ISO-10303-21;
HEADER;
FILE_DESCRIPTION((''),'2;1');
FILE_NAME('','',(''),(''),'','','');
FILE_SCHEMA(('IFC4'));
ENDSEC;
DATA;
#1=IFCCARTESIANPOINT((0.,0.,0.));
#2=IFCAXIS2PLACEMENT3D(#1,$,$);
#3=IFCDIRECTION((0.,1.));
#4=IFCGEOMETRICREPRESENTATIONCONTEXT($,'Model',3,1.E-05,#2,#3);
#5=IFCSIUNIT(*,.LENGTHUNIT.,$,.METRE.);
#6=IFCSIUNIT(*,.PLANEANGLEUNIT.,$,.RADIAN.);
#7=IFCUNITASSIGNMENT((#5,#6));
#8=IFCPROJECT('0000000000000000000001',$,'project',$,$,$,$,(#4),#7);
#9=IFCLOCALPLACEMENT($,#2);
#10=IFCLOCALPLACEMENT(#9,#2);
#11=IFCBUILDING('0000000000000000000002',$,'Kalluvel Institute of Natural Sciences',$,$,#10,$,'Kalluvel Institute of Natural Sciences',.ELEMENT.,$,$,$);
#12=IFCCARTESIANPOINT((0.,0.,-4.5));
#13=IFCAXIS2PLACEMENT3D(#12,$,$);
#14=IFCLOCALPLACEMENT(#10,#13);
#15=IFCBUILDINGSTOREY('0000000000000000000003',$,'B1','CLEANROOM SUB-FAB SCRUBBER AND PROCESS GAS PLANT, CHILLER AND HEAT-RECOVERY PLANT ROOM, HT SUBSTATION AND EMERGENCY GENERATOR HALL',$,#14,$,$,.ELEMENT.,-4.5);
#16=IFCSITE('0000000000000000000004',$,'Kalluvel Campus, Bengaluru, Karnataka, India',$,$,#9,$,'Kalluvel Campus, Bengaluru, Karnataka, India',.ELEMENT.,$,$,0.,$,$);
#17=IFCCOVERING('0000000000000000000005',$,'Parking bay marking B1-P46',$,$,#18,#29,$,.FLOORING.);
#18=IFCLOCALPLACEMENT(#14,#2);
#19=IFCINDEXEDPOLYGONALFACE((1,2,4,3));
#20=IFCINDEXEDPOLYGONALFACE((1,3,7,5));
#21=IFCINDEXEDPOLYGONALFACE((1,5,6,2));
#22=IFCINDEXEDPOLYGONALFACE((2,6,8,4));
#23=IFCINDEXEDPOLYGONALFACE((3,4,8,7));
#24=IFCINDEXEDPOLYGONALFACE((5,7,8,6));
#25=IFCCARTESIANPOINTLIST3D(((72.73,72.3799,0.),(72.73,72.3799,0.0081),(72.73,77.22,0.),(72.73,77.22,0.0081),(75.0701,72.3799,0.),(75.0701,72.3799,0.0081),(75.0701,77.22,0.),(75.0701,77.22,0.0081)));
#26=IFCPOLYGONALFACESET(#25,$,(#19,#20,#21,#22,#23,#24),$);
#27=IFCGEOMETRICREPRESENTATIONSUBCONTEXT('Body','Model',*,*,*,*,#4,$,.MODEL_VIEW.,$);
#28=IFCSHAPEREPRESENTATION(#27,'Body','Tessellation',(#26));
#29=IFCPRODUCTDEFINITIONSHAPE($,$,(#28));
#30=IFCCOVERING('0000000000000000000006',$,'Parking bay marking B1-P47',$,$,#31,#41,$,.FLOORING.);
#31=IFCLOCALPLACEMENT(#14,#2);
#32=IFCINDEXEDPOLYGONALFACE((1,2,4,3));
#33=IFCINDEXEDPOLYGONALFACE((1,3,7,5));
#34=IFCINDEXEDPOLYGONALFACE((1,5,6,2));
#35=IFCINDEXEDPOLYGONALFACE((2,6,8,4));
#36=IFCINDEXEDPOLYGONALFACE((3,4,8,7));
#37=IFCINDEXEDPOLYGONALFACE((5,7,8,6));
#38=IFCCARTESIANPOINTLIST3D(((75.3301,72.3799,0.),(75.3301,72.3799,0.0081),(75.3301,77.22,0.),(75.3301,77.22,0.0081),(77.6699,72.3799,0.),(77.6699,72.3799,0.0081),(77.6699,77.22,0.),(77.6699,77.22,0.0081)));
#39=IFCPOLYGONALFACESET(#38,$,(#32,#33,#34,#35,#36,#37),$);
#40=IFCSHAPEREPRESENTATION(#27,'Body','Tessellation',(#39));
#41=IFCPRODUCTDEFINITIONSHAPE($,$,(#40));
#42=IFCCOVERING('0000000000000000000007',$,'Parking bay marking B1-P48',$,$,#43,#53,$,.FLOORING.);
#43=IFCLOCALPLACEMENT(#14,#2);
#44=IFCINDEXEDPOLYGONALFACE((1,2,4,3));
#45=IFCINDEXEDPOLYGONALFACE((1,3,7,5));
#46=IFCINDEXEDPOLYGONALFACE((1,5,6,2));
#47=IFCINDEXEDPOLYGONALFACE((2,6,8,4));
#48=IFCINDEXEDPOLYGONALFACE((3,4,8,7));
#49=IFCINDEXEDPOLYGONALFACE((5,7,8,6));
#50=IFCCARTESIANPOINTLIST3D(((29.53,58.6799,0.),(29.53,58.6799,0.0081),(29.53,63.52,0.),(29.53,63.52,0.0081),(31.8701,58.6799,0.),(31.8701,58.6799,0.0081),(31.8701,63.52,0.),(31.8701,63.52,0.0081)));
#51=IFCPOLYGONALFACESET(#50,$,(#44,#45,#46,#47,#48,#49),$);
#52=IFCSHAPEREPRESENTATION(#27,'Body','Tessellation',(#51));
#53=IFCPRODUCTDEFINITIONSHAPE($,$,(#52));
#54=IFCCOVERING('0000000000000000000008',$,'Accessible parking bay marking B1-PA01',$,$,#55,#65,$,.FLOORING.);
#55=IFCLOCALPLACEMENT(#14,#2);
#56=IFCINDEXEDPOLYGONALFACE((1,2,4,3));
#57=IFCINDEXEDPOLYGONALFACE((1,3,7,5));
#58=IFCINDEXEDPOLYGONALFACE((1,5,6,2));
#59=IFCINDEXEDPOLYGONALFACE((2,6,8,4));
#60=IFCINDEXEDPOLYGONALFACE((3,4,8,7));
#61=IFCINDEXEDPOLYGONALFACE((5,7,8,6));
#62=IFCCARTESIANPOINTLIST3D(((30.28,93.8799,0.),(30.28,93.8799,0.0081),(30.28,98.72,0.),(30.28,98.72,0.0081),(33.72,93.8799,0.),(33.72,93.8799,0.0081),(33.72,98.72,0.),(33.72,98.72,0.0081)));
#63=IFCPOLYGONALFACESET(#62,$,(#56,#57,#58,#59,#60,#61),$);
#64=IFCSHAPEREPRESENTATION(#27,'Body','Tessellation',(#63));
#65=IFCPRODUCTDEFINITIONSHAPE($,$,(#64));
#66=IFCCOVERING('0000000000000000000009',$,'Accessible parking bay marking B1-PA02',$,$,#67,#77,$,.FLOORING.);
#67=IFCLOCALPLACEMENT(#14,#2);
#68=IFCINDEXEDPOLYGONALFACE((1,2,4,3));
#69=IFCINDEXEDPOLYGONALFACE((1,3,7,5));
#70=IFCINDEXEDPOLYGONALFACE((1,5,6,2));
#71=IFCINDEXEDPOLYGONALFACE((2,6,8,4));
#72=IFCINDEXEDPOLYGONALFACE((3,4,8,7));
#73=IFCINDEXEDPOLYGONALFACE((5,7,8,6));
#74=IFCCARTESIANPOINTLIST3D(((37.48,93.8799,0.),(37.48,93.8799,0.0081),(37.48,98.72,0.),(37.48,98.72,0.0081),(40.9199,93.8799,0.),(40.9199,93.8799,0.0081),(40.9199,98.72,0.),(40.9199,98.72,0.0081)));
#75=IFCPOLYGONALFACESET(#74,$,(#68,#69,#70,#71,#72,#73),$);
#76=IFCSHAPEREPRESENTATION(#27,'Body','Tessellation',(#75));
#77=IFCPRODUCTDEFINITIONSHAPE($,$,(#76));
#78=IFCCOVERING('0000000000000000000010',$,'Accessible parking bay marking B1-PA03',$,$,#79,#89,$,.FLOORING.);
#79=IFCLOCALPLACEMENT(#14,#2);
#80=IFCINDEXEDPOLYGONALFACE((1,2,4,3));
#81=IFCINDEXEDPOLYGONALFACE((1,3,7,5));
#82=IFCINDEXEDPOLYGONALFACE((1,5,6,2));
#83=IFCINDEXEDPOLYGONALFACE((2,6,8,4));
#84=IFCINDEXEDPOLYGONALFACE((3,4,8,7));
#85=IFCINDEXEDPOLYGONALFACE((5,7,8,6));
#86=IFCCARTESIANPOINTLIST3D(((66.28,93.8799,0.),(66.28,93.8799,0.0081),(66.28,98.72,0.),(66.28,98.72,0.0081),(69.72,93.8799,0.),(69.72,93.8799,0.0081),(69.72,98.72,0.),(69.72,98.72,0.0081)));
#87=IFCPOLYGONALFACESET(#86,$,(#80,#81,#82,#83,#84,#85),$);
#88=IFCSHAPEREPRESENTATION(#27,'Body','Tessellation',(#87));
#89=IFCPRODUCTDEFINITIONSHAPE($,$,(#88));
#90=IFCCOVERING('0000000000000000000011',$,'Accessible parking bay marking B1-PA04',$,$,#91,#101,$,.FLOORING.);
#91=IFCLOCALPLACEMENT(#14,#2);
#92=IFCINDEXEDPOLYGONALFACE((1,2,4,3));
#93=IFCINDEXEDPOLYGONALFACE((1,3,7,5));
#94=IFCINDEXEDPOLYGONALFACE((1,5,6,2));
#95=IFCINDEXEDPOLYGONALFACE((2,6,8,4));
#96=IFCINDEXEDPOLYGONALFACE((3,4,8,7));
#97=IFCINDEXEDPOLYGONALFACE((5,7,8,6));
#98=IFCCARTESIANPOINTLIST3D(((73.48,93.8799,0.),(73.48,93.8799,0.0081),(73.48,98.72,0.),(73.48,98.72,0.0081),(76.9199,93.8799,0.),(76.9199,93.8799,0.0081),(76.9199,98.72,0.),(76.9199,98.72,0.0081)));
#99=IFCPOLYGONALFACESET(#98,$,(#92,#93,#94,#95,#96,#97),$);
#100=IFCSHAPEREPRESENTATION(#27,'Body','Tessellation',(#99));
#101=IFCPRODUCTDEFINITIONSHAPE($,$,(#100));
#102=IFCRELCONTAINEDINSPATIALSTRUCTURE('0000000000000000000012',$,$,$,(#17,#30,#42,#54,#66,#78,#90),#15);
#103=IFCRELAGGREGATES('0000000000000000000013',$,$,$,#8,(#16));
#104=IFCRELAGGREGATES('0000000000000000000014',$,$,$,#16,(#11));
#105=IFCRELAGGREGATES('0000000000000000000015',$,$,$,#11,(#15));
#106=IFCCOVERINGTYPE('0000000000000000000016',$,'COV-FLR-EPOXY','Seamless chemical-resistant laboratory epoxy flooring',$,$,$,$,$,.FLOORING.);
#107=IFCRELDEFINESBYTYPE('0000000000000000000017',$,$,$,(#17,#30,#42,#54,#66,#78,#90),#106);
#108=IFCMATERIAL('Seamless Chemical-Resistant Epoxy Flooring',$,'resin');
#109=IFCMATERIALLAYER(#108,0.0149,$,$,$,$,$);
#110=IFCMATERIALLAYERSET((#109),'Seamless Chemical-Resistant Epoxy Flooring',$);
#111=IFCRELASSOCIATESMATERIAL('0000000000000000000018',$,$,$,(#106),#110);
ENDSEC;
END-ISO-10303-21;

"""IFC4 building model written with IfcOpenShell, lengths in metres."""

from ifc_helpers import new_model, si_unit, direction, frame, origin, place, context, subcontext, project, spatial, polyline, outline, extrude, material, layer, layer_set, type_object, element, save


model = new_model("IFC4")

# Units and contexts
model_context = context("Model", 3, precision=1e-05, world=origin(), true_north=direction((0.0, 1.0)))
body_context = subcontext(model_context, "Body", "Model", "MODEL_VIEW")
ifc_project = project(units=[si_unit("LENGTHUNIT", "METRE"), si_unit("PLANEANGLEUNIT", "RADIAN")], contexts=[model_context])

# Site, building, storey
site_placement = place(None, origin())
site = spatial("IfcSite", under=ifc_project, at=site_placement, Name="Kalluvel Campus, Bengaluru, Karnataka, India", LongName="Kalluvel Campus, Bengaluru, Karnataka, India", CompositionType="ELEMENT", RefElevation=0.0)
building_placement = place(site_placement, origin())
building = spatial("IfcBuilding", under=site, at=building_placement, Name="Kalluvel Institute of Natural Sciences", LongName="Kalluvel Institute of Natural Sciences", CompositionType="ELEMENT")
storey_placement = place(building_placement, frame((0.0, 0.0, -4.5)))
storey = spatial("IfcBuildingStorey", under=building, at=storey_placement, Name="B1", Description="CLEANROOM SUB-FAB SCRUBBER AND PROCESS GAS PLANT, CHILLER AND HEAT-RECOVERY PLANT ROOM, HT SUBSTATION AND EMERGENCY GENERATOR HALL", CompositionType="ELEMENT", Elevation=-4.5)

# Coverings
ifc_material_1 = material(Name="Seamless Chemical-Resistant Epoxy Flooring", Category="resin")
ifc_layer_1 = layer(ifc_material_1, 0.0149)
ifc_layer_set_1 = layer_set([ifc_layer_1], Name="Seamless Chemical-Resistant Epoxy Flooring")
covering_type = type_object("IfcCoveringType", Name="COV-FLR-EPOXY", Description="Seamless chemical-resistant laboratory epoxy flooring", PredefinedType="FLOORING", material=ifc_layer_set_1)
covering_1_placement = place(storey_placement, origin())
element("IfcCovering", 1, at=covering_1_placement, inside=storey, type_object=covering_type, Name="Parking bay marking B1-P46", PredefinedType="FLOORING", context=body_context, shape_type="SweptSolid", body=[
    extrude(outline(polyline([(72.73, 72.3799), (75.0701, 72.3799), (75.0701, 77.22), (72.73, 77.22), (72.73, 72.3799)])), origin(), (0.0, 0.0, 1.0), 0.0081),
])
covering_2_placement = place(storey_placement, origin())
element("IfcCovering", 2, at=covering_2_placement, inside=storey, type_object=covering_type, Name="Parking bay marking B1-P47", PredefinedType="FLOORING", context=body_context, shape_type="SweptSolid", body=[
    extrude(outline(polyline([(75.3301, 72.3799), (77.6699, 72.3799), (77.6699, 77.22), (75.3301, 77.22), (75.3301, 72.3799)])), origin(), (0.0, 0.0, 1.0), 0.0081),
])
covering_3_placement = place(storey_placement, origin())
element("IfcCovering", 3, at=covering_3_placement, inside=storey, type_object=covering_type, Name="Parking bay marking B1-P48", PredefinedType="FLOORING", context=body_context, shape_type="SweptSolid", body=[
    extrude(outline(polyline([(29.53, 58.6799), (31.8701, 58.6799), (31.8701, 63.52), (29.53, 63.52), (29.53, 58.6799)])), origin(), (0.0, 0.0, 1.0), 0.0081),
])
covering_4_placement = place(storey_placement, origin())
element("IfcCovering", 4, at=covering_4_placement, inside=storey, type_object=covering_type, Name="Accessible parking bay marking B1-PA01", PredefinedType="FLOORING", context=body_context, shape_type="SweptSolid", body=[
    extrude(outline(polyline([(30.28, 93.8799), (33.72, 93.8799), (33.72, 98.72), (30.28, 98.72), (30.28, 93.8799)])), origin(), (0.0, 0.0, 1.0), 0.0081),
])
covering_5_placement = place(storey_placement, origin())
element("IfcCovering", 5, at=covering_5_placement, inside=storey, type_object=covering_type, Name="Accessible parking bay marking B1-PA02", PredefinedType="FLOORING", context=body_context, shape_type="SweptSolid", body=[
    extrude(outline(polyline([(37.48, 93.8799), (40.9199, 93.8799), (40.9199, 98.72), (37.48, 98.72), (37.48, 93.8799)])), origin(), (0.0, 0.0, 1.0), 0.0081),
])
covering_6_placement = place(storey_placement, origin())
element("IfcCovering", 6, at=covering_6_placement, inside=storey, type_object=covering_type, Name="Accessible parking bay marking B1-PA03", PredefinedType="FLOORING", context=body_context, shape_type="SweptSolid", body=[
    extrude(outline(polyline([(66.28, 93.8799), (69.72, 93.8799), (69.72, 98.72), (66.28, 98.72), (66.28, 93.8799)])), origin(), (0.0, 0.0, 1.0), 0.0081),
])
covering_7_placement = place(storey_placement, origin())
element("IfcCovering", 7, at=covering_7_placement, inside=storey, type_object=covering_type, Name="Accessible parking bay marking B1-PA04", PredefinedType="FLOORING", context=body_context, shape_type="SweptSolid", body=[
    extrude(outline(polyline([(73.48, 93.8799), (76.9199, 93.8799), (76.9199, 98.72), (73.48, 98.72), (73.48, 93.8799)])), origin(), (0.0, 0.0, 1.0), 0.0081),
])

save(model, "model.ifc")
